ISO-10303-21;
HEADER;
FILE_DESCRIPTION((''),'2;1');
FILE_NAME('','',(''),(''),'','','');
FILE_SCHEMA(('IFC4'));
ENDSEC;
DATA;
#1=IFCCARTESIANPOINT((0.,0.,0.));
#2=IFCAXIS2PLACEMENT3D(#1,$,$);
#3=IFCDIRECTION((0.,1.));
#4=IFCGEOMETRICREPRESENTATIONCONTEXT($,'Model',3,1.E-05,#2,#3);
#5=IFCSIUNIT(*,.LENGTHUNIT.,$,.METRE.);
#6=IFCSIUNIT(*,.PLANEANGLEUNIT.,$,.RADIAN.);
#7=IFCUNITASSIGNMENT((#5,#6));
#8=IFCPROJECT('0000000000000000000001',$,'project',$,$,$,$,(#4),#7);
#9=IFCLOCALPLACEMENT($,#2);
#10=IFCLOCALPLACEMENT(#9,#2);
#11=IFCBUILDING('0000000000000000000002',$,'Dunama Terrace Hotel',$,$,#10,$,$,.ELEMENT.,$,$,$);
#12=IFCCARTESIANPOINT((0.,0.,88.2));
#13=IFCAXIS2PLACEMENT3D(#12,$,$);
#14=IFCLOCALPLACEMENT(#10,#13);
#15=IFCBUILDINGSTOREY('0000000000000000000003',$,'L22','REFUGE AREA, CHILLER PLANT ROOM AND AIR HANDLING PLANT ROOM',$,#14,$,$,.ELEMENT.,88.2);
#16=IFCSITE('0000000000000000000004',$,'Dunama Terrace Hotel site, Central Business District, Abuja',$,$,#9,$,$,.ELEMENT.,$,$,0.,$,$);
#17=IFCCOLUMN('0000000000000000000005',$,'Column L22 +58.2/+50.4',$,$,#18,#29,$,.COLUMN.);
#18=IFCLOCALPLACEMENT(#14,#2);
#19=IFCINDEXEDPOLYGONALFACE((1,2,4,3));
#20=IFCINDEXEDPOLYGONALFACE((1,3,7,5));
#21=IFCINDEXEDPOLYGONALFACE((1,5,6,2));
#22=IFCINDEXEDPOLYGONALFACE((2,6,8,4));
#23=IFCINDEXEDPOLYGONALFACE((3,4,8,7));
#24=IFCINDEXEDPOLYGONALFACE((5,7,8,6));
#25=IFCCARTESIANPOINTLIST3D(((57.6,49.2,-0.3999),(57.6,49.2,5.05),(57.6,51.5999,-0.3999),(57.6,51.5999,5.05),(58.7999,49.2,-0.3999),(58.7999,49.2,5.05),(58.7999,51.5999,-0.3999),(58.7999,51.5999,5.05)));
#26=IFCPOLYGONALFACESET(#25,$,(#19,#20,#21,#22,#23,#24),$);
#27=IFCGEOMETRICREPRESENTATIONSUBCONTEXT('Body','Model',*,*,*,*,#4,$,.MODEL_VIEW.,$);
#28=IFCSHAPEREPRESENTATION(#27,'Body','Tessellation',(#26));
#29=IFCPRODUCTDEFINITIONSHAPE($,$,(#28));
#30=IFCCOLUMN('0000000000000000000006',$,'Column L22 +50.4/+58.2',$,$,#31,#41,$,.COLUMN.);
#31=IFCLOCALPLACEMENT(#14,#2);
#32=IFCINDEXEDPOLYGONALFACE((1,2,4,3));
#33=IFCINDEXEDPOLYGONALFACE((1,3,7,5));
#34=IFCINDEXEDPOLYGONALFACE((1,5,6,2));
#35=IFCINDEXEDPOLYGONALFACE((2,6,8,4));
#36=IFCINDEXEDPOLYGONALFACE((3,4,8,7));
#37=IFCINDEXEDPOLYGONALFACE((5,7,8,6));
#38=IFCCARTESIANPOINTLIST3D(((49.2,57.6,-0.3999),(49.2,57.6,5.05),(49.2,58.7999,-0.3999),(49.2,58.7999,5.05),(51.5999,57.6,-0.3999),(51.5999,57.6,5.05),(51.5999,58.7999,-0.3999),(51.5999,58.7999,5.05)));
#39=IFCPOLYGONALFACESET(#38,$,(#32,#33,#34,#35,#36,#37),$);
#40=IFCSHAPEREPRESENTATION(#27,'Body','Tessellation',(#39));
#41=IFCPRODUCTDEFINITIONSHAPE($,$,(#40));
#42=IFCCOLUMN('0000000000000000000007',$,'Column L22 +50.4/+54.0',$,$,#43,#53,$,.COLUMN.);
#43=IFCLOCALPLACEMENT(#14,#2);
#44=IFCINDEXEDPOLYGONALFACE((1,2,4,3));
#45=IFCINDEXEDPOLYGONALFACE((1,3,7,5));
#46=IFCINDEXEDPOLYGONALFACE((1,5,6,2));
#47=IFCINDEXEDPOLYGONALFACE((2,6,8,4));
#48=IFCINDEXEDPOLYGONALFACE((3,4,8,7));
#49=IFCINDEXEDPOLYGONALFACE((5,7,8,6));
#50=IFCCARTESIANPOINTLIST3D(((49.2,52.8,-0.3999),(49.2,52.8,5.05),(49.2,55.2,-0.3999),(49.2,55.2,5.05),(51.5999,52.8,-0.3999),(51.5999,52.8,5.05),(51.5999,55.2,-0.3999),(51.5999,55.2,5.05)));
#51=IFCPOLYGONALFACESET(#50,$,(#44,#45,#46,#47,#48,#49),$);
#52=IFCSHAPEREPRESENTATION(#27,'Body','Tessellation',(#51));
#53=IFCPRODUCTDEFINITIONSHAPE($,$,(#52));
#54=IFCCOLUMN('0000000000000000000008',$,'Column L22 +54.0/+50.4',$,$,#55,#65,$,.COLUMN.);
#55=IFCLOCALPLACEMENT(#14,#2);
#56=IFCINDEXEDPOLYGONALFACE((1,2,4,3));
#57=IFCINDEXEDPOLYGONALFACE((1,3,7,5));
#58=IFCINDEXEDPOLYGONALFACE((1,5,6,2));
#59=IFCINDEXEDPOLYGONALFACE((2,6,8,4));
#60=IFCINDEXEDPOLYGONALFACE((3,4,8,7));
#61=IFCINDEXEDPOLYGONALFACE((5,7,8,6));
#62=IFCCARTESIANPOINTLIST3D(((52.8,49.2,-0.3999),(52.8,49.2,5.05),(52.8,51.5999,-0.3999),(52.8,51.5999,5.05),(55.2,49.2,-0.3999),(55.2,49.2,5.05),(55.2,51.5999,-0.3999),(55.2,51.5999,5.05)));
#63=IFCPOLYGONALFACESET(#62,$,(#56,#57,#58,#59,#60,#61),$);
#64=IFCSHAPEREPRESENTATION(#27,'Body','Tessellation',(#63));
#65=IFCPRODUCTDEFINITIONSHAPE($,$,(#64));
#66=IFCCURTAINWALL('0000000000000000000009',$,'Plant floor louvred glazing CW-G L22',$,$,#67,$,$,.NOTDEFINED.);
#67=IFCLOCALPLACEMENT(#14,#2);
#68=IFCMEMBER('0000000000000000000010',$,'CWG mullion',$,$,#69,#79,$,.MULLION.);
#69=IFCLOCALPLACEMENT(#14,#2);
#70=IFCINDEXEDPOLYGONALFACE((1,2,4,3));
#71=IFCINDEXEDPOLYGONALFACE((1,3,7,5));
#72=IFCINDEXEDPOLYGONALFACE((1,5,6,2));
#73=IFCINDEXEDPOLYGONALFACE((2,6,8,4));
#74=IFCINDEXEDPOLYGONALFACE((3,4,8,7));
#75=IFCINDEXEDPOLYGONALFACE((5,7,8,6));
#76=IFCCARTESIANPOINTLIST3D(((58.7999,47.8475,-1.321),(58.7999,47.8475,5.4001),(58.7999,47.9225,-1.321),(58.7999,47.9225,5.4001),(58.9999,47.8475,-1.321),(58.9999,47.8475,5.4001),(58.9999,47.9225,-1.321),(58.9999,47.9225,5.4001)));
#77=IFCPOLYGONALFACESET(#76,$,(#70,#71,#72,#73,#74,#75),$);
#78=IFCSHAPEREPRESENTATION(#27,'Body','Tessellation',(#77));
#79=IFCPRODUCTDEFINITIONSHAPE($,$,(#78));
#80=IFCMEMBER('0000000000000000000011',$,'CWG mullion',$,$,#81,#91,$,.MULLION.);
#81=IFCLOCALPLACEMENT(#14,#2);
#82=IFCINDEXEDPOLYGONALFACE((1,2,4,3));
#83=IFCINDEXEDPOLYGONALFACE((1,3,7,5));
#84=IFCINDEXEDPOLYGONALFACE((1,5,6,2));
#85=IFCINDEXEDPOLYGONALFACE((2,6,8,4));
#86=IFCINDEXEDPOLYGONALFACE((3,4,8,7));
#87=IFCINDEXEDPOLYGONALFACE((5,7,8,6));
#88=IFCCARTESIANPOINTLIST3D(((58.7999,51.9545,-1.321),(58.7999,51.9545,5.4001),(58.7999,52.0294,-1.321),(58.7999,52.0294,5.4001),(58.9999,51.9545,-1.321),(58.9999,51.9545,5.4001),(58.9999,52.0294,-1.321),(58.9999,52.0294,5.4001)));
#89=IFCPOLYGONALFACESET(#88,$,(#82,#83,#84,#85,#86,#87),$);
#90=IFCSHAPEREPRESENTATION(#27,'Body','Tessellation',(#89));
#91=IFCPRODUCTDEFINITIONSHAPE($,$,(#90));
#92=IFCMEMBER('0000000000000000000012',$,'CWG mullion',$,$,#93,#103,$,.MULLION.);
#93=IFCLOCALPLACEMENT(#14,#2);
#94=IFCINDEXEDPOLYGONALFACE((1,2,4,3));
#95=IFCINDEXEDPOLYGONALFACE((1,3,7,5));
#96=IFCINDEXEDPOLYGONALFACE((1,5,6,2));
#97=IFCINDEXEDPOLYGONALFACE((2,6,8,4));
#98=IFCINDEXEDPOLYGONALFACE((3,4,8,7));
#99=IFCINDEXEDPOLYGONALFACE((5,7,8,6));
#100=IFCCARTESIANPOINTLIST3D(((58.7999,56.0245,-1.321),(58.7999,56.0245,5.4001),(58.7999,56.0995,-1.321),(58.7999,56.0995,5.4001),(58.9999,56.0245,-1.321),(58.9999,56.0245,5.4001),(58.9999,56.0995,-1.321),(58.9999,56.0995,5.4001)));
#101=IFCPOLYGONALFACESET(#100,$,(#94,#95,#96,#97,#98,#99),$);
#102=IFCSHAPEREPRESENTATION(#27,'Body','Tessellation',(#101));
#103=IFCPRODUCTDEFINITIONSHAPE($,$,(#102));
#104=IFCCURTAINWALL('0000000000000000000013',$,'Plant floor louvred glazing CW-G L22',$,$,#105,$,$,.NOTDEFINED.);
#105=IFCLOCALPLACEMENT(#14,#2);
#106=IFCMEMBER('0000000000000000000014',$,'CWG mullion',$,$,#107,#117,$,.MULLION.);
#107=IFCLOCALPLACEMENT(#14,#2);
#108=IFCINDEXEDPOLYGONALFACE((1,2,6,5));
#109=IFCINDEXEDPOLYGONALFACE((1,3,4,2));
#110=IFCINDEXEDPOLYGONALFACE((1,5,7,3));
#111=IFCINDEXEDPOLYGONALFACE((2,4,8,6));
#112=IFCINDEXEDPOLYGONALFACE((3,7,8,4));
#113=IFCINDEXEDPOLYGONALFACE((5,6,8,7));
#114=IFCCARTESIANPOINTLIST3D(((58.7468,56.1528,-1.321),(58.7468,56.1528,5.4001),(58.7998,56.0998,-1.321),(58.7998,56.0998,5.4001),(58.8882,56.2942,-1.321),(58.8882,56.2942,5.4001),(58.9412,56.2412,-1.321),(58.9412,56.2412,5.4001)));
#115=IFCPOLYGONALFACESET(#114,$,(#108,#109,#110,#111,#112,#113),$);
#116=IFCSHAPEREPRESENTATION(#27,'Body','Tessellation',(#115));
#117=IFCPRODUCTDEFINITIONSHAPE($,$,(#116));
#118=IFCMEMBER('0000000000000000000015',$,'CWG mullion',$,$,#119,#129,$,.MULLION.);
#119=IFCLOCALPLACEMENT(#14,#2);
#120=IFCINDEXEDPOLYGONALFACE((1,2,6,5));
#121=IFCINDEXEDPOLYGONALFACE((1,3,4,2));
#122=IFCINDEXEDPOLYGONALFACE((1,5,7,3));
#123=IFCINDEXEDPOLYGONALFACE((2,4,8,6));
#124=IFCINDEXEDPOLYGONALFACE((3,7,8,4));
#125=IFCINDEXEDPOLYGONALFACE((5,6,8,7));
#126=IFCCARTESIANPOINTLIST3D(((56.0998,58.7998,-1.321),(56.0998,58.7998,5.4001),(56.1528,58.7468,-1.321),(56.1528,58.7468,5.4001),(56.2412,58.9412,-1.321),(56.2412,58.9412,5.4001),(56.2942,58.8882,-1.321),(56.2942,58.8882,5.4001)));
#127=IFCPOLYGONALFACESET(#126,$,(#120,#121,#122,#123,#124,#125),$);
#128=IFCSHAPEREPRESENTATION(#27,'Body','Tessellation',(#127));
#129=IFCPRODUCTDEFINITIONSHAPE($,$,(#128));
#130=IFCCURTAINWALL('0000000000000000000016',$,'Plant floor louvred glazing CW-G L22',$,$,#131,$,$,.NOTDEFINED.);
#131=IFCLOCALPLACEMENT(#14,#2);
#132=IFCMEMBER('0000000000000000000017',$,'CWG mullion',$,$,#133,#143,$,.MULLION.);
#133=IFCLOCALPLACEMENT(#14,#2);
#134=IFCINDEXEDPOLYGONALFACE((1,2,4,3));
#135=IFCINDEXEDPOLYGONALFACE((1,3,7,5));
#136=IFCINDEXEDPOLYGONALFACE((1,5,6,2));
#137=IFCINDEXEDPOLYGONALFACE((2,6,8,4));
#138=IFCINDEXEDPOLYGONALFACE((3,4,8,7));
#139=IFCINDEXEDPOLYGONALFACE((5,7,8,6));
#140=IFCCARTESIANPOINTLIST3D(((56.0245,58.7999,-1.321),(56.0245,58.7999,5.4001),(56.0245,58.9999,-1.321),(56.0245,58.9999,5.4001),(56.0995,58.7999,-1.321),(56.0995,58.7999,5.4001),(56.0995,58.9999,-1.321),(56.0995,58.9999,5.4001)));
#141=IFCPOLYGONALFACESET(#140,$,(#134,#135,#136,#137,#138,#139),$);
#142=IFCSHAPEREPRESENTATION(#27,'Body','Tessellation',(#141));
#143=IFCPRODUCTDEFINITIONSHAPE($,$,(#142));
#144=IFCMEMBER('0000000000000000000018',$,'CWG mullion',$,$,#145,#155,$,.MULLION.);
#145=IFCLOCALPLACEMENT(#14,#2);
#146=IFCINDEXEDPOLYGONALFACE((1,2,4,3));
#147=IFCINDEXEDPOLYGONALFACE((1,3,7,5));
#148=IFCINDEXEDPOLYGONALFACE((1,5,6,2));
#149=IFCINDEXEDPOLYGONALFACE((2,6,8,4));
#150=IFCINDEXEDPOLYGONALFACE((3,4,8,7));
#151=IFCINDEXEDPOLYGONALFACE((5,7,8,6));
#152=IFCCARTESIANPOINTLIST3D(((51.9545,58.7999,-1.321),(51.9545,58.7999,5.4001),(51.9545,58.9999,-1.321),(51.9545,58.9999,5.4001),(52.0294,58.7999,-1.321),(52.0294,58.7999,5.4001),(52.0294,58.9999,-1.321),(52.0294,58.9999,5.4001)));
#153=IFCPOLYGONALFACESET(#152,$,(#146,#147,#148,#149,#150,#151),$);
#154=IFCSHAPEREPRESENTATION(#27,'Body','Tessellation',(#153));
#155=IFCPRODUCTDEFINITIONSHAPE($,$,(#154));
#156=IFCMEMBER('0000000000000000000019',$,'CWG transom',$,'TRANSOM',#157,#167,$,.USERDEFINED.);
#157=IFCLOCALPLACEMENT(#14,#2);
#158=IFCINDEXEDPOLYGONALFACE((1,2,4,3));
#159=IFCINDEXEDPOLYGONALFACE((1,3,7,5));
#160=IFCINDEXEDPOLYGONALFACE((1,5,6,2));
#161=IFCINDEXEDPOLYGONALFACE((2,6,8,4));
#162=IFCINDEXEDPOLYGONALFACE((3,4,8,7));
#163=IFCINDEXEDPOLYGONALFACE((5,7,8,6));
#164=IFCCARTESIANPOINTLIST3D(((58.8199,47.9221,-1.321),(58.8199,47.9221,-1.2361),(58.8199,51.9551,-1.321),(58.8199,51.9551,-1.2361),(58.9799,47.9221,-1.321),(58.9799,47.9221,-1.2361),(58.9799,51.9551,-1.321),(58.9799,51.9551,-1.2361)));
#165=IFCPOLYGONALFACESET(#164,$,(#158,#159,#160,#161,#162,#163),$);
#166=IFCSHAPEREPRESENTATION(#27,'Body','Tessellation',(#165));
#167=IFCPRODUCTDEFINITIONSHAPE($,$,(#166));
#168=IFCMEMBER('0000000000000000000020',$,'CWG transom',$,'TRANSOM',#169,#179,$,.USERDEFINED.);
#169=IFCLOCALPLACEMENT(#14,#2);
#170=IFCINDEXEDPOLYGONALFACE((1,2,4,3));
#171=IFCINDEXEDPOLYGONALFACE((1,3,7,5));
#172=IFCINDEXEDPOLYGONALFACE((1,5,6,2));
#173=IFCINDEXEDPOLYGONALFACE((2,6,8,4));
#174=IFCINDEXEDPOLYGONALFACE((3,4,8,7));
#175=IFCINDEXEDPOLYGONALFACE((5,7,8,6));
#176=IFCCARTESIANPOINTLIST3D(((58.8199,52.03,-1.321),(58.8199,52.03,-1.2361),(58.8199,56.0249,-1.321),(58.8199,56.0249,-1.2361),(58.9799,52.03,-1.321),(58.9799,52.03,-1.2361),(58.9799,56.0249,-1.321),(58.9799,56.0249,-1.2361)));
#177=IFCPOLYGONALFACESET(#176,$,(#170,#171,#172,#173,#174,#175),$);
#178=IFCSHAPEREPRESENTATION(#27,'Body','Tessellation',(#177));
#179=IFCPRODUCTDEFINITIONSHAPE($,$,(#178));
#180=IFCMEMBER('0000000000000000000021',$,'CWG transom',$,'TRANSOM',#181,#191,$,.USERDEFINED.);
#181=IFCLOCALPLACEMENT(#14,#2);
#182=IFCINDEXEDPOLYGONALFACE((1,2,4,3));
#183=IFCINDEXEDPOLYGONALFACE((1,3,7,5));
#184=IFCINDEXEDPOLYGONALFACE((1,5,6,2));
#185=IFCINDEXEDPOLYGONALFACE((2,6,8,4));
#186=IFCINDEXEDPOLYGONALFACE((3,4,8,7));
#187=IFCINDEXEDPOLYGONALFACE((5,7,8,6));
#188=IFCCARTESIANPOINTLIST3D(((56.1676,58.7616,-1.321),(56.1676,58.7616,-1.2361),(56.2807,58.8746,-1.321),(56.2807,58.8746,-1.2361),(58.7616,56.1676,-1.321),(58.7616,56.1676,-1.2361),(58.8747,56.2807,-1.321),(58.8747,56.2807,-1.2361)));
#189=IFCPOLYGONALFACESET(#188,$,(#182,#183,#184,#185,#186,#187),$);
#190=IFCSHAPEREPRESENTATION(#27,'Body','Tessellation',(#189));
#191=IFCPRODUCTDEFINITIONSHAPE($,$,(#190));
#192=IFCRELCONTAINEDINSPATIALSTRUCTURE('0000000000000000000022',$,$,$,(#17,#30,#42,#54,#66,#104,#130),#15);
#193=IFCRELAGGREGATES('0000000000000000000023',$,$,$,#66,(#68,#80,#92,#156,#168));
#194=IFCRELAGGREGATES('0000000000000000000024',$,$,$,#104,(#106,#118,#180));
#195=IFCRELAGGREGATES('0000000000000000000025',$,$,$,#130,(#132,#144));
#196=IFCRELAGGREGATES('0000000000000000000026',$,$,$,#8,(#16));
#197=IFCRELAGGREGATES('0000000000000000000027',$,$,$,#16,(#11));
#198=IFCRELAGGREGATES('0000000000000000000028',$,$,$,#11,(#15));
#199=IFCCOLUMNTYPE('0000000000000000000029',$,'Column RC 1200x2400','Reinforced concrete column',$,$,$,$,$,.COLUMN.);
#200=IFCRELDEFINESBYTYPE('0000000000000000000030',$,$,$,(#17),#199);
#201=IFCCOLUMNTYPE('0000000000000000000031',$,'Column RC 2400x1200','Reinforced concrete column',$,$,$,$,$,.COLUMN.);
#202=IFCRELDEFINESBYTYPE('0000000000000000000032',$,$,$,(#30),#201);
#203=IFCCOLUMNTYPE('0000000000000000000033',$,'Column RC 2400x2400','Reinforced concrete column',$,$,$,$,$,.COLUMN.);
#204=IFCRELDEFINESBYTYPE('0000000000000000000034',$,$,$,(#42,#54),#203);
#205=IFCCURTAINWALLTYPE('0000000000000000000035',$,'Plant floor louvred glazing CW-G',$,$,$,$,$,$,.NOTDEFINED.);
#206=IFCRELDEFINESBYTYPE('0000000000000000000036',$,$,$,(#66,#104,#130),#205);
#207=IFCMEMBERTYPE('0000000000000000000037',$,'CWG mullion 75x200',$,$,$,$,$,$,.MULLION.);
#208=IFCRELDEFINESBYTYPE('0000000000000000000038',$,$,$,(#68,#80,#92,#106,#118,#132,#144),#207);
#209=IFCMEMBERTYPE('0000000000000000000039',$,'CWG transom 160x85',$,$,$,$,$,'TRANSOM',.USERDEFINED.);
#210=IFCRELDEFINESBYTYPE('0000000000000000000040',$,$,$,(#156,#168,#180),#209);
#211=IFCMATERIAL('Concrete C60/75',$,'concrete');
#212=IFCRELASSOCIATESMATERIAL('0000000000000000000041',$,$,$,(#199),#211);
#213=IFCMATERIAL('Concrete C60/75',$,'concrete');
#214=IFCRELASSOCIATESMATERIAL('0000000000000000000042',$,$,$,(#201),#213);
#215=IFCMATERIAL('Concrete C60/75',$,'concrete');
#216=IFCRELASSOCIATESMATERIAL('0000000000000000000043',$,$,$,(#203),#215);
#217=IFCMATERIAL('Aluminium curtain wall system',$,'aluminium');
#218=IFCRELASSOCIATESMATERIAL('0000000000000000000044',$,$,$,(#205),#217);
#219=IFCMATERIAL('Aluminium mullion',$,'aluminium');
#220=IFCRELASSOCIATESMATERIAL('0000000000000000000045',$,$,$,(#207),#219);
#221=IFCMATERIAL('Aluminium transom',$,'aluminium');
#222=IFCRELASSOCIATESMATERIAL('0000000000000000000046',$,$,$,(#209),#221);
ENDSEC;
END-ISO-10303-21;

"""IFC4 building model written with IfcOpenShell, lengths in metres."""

from ifc_helpers import new_model, si_unit, direction, frame, origin, origin_2d, place, context, subcontext, project, spatial, rectangle, extrude, material, material_profile, profile_set, type_object, element, aggregate, save


model = new_model("IFC4")

# Units and contexts
model_context = context("Model", 3, precision=1e-05, world=origin(), true_north=direction((0.0, 1.0)))
body_context = subcontext(model_context, "Body", "Model", "MODEL_VIEW")
ifc_project = project(units=[si_unit("LENGTHUNIT", "METRE"), si_unit("PLANEANGLEUNIT", "RADIAN")], contexts=[model_context])

# Site, building, storey
site_placement = place(None, origin())
site = spatial("IfcSite", under=ifc_project, at=site_placement, Name="Dunama Terrace Hotel site, Central Business District, Abuja", CompositionType="ELEMENT", RefElevation=0.0)
building_placement = place(site_placement, origin())
building = spatial("IfcBuilding", under=site, at=building_placement, Name="Dunama Terrace Hotel", CompositionType="ELEMENT")
storey_placement = place(building_placement, frame((0.0, 0.0, 88.2)))
storey = spatial("IfcBuildingStorey", under=building, at=storey_placement, Name="L22", Description="REFUGE AREA, CHILLER PLANT ROOM AND AIR HANDLING PLANT ROOM", CompositionType="ELEMENT", Elevation=88.2)

# Columns
ifc_material_1 = material(Name="Concrete C60/75", Category="concrete")
ifc_material_profile_1 = material_profile(ifc_material_1, rectangle(XDim=1.2, YDim=2.3999, at=origin_2d()), Name="RC 1200x2400")
ifc_profile_set_1 = profile_set([ifc_material_profile_1], Name="Concrete C60/75")
column_type_1 = type_object("IfcColumnType", Name="Column RC 1200x2400", Description="Reinforced concrete column", PredefinedType="COLUMN", material=ifc_profile_set_1)
column_1_placement = place(storey_placement, frame((58.2, 50.3999, -0.3999), z_axis=(0.0, 0.0, 1.0), x_axis=(1.0, 0.0, 0.0)))
element("IfcColumn", 1, at=column_1_placement, inside=storey, type_object=column_type_1, Name="Column L22 +58.2/+50.4", PredefinedType="COLUMN", context=body_context, shape_type="SweptSolid", body=[
    extrude(rectangle(XDim=1.2, YDim=2.3999, at=origin_2d()), origin(), (0.0, 0.0, 1.0), 5.45),
])
ifc_material_2 = material(Name="Concrete C60/75", Category="concrete")
ifc_material_profile_2 = material_profile(ifc_material_2, rectangle(XDim=2.3999, YDim=1.2, at=origin_2d()), Name="RC 2400x1200")
ifc_profile_set_2 = profile_set([ifc_material_profile_2], Name="Concrete C60/75")
column_type_2 = type_object("IfcColumnType", Name="Column RC 2400x1200", Description="Reinforced concrete column", PredefinedType="COLUMN", material=ifc_profile_set_2)
column_2_placement = place(storey_placement, frame((50.3999, 58.2, -0.3999), z_axis=(0.0, 0.0, 1.0), x_axis=(1.0, 0.0, 0.0)))
element("IfcColumn", 2, at=column_2_placement, inside=storey, type_object=column_type_2, Name="Column L22 +50.4/+58.2", PredefinedType="COLUMN", context=body_context, shape_type="SweptSolid", body=[
    extrude(rectangle(XDim=2.3999, YDim=1.2, at=origin_2d()), origin(), (0.0, 0.0, 1.0), 5.45),
])
ifc_material_3 = material(Name="Concrete C60/75", Category="concrete")
ifc_material_profile_3 = material_profile(ifc_material_3, rectangle(XDim=2.3999, YDim=2.3999, at=origin_2d()), Name="RC 2400x2400")
ifc_profile_set_3 = profile_set([ifc_material_profile_3], Name="Concrete C60/75")
column_type_3 = type_object("IfcColumnType", Name="Column RC 2400x2400", Description="Reinforced concrete column", PredefinedType="COLUMN", material=ifc_profile_set_3)
for number, where, z_axis, x_axis, name in (
    (3, (50.3999, 54.0, -0.3999), (0.0, 0.0, 1.0), (1.0, 0.0, 0.0), "Column L22 +50.4/+54.0"),
    (4, (54.0, 50.3999, -0.3999), (0.0, 0.0, 1.0), (1.0, 0.0, 0.0), "Column L22 +54.0/+50.4"),
):
    element("IfcColumn", number, at=place(storey_placement, frame(where, z_axis=z_axis, x_axis=x_axis)), inside=storey, type_object=column_type_3, Name=name, PredefinedType="COLUMN", context=body_context, shape_type="SweptSolid", body=[
        extrude(rectangle(XDim=2.3999, YDim=2.3999, at=origin_2d()), origin(), (0.0, 0.0, 1.0), 5.45),
    ])

# Curtain walls, members
ifc_material_4 = material(Name="Aluminium curtain wall system", Category="aluminium")
curtain_wall_type = type_object("IfcCurtainWallType", Name="Plant floor louvred glazing CW-G", PredefinedType="NOTDEFINED", material=ifc_material_4)
curtain_wall_1_placement = place(storey_placement, origin())
curtain_wall_1 = element("IfcCurtainWall", 5, at=curtain_wall_1_placement, inside=storey, type_object=curtain_wall_type, Name="Plant floor louvred glazing CW-G L22", PredefinedType="NOTDEFINED")
ifc_material_5 = material(Name="Aluminium mullion", Category="aluminium")
ifc_material_profile_4 = material_profile(ifc_material_5, rectangle(XDim=0.075, YDim=0.2, at=origin_2d()), Name="CWG MULLION 75X200")
ifc_profile_set_4 = profile_set([ifc_material_profile_4], Name="Aluminium mullion")
member_type_1 = type_object("IfcMemberType", Name="CWG mullion 75x200", PredefinedType="MULLION", material=ifc_profile_set_4)
member_1_placement = place(storey_placement, frame((58.8999, 47.885, -1.321), z_axis=(0.0, 0.0, 1.0), x_axis=(0.0, 1.0, 0.0)))
member_1 = element("IfcMember", 6, at=member_1_placement, type_object=member_type_1, Name="CWG mullion", PredefinedType="MULLION", context=body_context, shape_type="SweptSolid", body=[
    extrude(rectangle(XDim=0.075, YDim=0.2, at=origin_2d()), origin(), (0.0, 0.0, 1.0), 6.7212),
])
member_2_placement = place(storey_placement, frame((58.8999, 51.9919, -1.321), z_axis=(0.0, 0.0, 1.0), x_axis=(0.0, 1.0, 0.0)))
member_2 = element("IfcMember", 7, at=member_2_placement, type_object=member_type_1, Name="CWG mullion", PredefinedType="MULLION", context=body_context, shape_type="SweptSolid", body=[
    extrude(rectangle(XDim=0.075, YDim=0.2, at=origin_2d()), origin(), (0.0, 0.0, 1.0), 6.7212),
])
member_3_placement = place(storey_placement, frame((58.8999, 56.062, -1.321), z_axis=(0.0, 0.0, 1.0), x_axis=(0.0, 1.0, 0.0)))
member_3 = element("IfcMember", 8, at=member_3_placement, type_object=member_type_1, Name="CWG mullion", PredefinedType="MULLION", context=body_context, shape_type="SweptSolid", body=[
    extrude(rectangle(XDim=0.075, YDim=0.2, at=origin_2d()), origin(), (0.0, 0.0, 1.0), 6.7212),
])
curtain_wall_2_placement = place(storey_placement, origin())
curtain_wall_2 = element("IfcCurtainWall", 9, at=curtain_wall_2_placement, inside=storey, type_object=curtain_wall_type, Name="Plant floor louvred glazing CW-G L22", PredefinedType="NOTDEFINED")
member_4_placement = place(storey_placement, frame((58.844, 56.197, -1.321), z_axis=(0.0, 0.0, 1.0), x_axis=(-0.707107, 0.707107, 0.0)))
member_4 = element("IfcMember", 10, at=member_4_placement, type_object=member_type_1, Name="CWG mullion", PredefinedType="MULLION", context=body_context, shape_type="SweptSolid", body=[
    extrude(rectangle(XDim=0.075, YDim=0.2, at=origin_2d()), origin(), (0.0, 0.0, 1.0), 6.7212),
])
member_5_placement = place(storey_placement, frame((56.197, 58.844, -1.321), z_axis=(0.0, 0.0, 1.0), x_axis=(-0.707107, 0.707107, 0.0)))
member_5 = element("IfcMember", 11, at=member_5_placement, type_object=member_type_1, Name="CWG mullion", PredefinedType="MULLION", context=body_context, shape_type="SweptSolid", body=[
    extrude(rectangle(XDim=0.075, YDim=0.2, at=origin_2d()), origin(), (0.0, 0.0, 1.0), 6.7212),
])
curtain_wall_3_placement = place(storey_placement, origin())
curtain_wall_3 = element("IfcCurtainWall", 12, at=curtain_wall_3_placement, inside=storey, type_object=curtain_wall_type, Name="Plant floor louvred glazing CW-G L22", PredefinedType="NOTDEFINED")
member_6_placement = place(storey_placement, frame((56.062, 58.8999, -1.321), z_axis=(0.0, 0.0, 1.0), x_axis=(-1.0, 0.0, 0.0)))
member_6 = element("IfcMember", 13, at=member_6_placement, type_object=member_type_1, Name="CWG mullion", PredefinedType="MULLION", context=body_context, shape_type="SweptSolid", body=[
    extrude(rectangle(XDim=0.075, YDim=0.2, at=origin_2d()), origin(), (0.0, 0.0, 1.0), 6.7212),
])
member_7_placement = place(storey_placement, frame((51.9919, 58.8999, -1.321), z_axis=(0.0, 0.0, 1.0), x_axis=(-1.0, 0.0, 0.0)))
member_7 = element("IfcMember", 14, at=member_7_placement, type_object=member_type_1, Name="CWG mullion", PredefinedType="MULLION", context=body_context, shape_type="SweptSolid", body=[
    extrude(rectangle(XDim=0.075, YDim=0.2, at=origin_2d()), origin(), (0.0, 0.0, 1.0), 6.7212),
])

# Members
ifc_material_6 = material(Name="Aluminium transom", Category="aluminium")
ifc_material_profile_5 = material_profile(ifc_material_6, rectangle(XDim=0.1599, YDim=0.085, at=origin_2d()), Name="CWG TRANSOM 160X85")
ifc_profile_set_5 = profile_set([ifc_material_profile_5], Name="Aluminium transom")
member_type_2 = type_object("IfcMemberType", Name="CWG transom 160x85", ElementType="TRANSOM", PredefinedType="USERDEFINED", material=ifc_profile_set_5)
member_8_placement = place(storey_placement, frame((58.8999, 47.9221, -1.2786), z_axis=(0.0, 1.0, 0.0), x_axis=(-1.0, 0.0, 0.0)))
member_8 = element("IfcMember", 15, at=member_8_placement, type_object=member_type_2, Name="CWG transom", ObjectType="TRANSOM", PredefinedType="USERDEFINED", context=body_context, shape_type="SweptSolid", body=[
    extrude(rectangle(XDim=0.1599, YDim=0.085, at=origin_2d()), origin(), (0.0, 0.0, 1.0), 4.033),
])
member_9_placement = place(storey_placement, frame((58.8999, 52.03, -1.2786), z_axis=(0.0, 1.0, 0.0), x_axis=(-1.0, 0.0, 0.0)))
member_9 = element("IfcMember", 16, at=member_9_placement, type_object=member_type_2, Name="CWG transom", ObjectType="TRANSOM", PredefinedType="USERDEFINED", context=body_context, shape_type="SweptSolid", body=[
    extrude(rectangle(XDim=0.1599, YDim=0.085, at=origin_2d()), origin(), (0.0, 0.0, 1.0), 3.9949),
])
member_10_placement = place(storey_placement, frame((58.8181, 56.2241, -1.2786), z_axis=(-0.707107, 0.707107, 0.0), x_axis=(-0.707107, -0.707107, 0.0)))
member_10 = element("IfcMember", 17, at=member_10_placement, type_object=member_type_2, Name="CWG transom", ObjectType="TRANSOM", PredefinedType="USERDEFINED", context=body_context, shape_type="SweptSolid", body=[
    extrude(rectangle(XDim=0.1599, YDim=0.085, at=origin_2d()), origin(), (0.0, 0.0, 1.0), 3.6685),
])

aggregate(curtain_wall_1, [member_1, member_2, member_3, member_8, member_9])
aggregate(curtain_wall_2, [member_4, member_5, member_10])
aggregate(curtain_wall_3, [member_6, member_7])

save(model, "model.ifc")
